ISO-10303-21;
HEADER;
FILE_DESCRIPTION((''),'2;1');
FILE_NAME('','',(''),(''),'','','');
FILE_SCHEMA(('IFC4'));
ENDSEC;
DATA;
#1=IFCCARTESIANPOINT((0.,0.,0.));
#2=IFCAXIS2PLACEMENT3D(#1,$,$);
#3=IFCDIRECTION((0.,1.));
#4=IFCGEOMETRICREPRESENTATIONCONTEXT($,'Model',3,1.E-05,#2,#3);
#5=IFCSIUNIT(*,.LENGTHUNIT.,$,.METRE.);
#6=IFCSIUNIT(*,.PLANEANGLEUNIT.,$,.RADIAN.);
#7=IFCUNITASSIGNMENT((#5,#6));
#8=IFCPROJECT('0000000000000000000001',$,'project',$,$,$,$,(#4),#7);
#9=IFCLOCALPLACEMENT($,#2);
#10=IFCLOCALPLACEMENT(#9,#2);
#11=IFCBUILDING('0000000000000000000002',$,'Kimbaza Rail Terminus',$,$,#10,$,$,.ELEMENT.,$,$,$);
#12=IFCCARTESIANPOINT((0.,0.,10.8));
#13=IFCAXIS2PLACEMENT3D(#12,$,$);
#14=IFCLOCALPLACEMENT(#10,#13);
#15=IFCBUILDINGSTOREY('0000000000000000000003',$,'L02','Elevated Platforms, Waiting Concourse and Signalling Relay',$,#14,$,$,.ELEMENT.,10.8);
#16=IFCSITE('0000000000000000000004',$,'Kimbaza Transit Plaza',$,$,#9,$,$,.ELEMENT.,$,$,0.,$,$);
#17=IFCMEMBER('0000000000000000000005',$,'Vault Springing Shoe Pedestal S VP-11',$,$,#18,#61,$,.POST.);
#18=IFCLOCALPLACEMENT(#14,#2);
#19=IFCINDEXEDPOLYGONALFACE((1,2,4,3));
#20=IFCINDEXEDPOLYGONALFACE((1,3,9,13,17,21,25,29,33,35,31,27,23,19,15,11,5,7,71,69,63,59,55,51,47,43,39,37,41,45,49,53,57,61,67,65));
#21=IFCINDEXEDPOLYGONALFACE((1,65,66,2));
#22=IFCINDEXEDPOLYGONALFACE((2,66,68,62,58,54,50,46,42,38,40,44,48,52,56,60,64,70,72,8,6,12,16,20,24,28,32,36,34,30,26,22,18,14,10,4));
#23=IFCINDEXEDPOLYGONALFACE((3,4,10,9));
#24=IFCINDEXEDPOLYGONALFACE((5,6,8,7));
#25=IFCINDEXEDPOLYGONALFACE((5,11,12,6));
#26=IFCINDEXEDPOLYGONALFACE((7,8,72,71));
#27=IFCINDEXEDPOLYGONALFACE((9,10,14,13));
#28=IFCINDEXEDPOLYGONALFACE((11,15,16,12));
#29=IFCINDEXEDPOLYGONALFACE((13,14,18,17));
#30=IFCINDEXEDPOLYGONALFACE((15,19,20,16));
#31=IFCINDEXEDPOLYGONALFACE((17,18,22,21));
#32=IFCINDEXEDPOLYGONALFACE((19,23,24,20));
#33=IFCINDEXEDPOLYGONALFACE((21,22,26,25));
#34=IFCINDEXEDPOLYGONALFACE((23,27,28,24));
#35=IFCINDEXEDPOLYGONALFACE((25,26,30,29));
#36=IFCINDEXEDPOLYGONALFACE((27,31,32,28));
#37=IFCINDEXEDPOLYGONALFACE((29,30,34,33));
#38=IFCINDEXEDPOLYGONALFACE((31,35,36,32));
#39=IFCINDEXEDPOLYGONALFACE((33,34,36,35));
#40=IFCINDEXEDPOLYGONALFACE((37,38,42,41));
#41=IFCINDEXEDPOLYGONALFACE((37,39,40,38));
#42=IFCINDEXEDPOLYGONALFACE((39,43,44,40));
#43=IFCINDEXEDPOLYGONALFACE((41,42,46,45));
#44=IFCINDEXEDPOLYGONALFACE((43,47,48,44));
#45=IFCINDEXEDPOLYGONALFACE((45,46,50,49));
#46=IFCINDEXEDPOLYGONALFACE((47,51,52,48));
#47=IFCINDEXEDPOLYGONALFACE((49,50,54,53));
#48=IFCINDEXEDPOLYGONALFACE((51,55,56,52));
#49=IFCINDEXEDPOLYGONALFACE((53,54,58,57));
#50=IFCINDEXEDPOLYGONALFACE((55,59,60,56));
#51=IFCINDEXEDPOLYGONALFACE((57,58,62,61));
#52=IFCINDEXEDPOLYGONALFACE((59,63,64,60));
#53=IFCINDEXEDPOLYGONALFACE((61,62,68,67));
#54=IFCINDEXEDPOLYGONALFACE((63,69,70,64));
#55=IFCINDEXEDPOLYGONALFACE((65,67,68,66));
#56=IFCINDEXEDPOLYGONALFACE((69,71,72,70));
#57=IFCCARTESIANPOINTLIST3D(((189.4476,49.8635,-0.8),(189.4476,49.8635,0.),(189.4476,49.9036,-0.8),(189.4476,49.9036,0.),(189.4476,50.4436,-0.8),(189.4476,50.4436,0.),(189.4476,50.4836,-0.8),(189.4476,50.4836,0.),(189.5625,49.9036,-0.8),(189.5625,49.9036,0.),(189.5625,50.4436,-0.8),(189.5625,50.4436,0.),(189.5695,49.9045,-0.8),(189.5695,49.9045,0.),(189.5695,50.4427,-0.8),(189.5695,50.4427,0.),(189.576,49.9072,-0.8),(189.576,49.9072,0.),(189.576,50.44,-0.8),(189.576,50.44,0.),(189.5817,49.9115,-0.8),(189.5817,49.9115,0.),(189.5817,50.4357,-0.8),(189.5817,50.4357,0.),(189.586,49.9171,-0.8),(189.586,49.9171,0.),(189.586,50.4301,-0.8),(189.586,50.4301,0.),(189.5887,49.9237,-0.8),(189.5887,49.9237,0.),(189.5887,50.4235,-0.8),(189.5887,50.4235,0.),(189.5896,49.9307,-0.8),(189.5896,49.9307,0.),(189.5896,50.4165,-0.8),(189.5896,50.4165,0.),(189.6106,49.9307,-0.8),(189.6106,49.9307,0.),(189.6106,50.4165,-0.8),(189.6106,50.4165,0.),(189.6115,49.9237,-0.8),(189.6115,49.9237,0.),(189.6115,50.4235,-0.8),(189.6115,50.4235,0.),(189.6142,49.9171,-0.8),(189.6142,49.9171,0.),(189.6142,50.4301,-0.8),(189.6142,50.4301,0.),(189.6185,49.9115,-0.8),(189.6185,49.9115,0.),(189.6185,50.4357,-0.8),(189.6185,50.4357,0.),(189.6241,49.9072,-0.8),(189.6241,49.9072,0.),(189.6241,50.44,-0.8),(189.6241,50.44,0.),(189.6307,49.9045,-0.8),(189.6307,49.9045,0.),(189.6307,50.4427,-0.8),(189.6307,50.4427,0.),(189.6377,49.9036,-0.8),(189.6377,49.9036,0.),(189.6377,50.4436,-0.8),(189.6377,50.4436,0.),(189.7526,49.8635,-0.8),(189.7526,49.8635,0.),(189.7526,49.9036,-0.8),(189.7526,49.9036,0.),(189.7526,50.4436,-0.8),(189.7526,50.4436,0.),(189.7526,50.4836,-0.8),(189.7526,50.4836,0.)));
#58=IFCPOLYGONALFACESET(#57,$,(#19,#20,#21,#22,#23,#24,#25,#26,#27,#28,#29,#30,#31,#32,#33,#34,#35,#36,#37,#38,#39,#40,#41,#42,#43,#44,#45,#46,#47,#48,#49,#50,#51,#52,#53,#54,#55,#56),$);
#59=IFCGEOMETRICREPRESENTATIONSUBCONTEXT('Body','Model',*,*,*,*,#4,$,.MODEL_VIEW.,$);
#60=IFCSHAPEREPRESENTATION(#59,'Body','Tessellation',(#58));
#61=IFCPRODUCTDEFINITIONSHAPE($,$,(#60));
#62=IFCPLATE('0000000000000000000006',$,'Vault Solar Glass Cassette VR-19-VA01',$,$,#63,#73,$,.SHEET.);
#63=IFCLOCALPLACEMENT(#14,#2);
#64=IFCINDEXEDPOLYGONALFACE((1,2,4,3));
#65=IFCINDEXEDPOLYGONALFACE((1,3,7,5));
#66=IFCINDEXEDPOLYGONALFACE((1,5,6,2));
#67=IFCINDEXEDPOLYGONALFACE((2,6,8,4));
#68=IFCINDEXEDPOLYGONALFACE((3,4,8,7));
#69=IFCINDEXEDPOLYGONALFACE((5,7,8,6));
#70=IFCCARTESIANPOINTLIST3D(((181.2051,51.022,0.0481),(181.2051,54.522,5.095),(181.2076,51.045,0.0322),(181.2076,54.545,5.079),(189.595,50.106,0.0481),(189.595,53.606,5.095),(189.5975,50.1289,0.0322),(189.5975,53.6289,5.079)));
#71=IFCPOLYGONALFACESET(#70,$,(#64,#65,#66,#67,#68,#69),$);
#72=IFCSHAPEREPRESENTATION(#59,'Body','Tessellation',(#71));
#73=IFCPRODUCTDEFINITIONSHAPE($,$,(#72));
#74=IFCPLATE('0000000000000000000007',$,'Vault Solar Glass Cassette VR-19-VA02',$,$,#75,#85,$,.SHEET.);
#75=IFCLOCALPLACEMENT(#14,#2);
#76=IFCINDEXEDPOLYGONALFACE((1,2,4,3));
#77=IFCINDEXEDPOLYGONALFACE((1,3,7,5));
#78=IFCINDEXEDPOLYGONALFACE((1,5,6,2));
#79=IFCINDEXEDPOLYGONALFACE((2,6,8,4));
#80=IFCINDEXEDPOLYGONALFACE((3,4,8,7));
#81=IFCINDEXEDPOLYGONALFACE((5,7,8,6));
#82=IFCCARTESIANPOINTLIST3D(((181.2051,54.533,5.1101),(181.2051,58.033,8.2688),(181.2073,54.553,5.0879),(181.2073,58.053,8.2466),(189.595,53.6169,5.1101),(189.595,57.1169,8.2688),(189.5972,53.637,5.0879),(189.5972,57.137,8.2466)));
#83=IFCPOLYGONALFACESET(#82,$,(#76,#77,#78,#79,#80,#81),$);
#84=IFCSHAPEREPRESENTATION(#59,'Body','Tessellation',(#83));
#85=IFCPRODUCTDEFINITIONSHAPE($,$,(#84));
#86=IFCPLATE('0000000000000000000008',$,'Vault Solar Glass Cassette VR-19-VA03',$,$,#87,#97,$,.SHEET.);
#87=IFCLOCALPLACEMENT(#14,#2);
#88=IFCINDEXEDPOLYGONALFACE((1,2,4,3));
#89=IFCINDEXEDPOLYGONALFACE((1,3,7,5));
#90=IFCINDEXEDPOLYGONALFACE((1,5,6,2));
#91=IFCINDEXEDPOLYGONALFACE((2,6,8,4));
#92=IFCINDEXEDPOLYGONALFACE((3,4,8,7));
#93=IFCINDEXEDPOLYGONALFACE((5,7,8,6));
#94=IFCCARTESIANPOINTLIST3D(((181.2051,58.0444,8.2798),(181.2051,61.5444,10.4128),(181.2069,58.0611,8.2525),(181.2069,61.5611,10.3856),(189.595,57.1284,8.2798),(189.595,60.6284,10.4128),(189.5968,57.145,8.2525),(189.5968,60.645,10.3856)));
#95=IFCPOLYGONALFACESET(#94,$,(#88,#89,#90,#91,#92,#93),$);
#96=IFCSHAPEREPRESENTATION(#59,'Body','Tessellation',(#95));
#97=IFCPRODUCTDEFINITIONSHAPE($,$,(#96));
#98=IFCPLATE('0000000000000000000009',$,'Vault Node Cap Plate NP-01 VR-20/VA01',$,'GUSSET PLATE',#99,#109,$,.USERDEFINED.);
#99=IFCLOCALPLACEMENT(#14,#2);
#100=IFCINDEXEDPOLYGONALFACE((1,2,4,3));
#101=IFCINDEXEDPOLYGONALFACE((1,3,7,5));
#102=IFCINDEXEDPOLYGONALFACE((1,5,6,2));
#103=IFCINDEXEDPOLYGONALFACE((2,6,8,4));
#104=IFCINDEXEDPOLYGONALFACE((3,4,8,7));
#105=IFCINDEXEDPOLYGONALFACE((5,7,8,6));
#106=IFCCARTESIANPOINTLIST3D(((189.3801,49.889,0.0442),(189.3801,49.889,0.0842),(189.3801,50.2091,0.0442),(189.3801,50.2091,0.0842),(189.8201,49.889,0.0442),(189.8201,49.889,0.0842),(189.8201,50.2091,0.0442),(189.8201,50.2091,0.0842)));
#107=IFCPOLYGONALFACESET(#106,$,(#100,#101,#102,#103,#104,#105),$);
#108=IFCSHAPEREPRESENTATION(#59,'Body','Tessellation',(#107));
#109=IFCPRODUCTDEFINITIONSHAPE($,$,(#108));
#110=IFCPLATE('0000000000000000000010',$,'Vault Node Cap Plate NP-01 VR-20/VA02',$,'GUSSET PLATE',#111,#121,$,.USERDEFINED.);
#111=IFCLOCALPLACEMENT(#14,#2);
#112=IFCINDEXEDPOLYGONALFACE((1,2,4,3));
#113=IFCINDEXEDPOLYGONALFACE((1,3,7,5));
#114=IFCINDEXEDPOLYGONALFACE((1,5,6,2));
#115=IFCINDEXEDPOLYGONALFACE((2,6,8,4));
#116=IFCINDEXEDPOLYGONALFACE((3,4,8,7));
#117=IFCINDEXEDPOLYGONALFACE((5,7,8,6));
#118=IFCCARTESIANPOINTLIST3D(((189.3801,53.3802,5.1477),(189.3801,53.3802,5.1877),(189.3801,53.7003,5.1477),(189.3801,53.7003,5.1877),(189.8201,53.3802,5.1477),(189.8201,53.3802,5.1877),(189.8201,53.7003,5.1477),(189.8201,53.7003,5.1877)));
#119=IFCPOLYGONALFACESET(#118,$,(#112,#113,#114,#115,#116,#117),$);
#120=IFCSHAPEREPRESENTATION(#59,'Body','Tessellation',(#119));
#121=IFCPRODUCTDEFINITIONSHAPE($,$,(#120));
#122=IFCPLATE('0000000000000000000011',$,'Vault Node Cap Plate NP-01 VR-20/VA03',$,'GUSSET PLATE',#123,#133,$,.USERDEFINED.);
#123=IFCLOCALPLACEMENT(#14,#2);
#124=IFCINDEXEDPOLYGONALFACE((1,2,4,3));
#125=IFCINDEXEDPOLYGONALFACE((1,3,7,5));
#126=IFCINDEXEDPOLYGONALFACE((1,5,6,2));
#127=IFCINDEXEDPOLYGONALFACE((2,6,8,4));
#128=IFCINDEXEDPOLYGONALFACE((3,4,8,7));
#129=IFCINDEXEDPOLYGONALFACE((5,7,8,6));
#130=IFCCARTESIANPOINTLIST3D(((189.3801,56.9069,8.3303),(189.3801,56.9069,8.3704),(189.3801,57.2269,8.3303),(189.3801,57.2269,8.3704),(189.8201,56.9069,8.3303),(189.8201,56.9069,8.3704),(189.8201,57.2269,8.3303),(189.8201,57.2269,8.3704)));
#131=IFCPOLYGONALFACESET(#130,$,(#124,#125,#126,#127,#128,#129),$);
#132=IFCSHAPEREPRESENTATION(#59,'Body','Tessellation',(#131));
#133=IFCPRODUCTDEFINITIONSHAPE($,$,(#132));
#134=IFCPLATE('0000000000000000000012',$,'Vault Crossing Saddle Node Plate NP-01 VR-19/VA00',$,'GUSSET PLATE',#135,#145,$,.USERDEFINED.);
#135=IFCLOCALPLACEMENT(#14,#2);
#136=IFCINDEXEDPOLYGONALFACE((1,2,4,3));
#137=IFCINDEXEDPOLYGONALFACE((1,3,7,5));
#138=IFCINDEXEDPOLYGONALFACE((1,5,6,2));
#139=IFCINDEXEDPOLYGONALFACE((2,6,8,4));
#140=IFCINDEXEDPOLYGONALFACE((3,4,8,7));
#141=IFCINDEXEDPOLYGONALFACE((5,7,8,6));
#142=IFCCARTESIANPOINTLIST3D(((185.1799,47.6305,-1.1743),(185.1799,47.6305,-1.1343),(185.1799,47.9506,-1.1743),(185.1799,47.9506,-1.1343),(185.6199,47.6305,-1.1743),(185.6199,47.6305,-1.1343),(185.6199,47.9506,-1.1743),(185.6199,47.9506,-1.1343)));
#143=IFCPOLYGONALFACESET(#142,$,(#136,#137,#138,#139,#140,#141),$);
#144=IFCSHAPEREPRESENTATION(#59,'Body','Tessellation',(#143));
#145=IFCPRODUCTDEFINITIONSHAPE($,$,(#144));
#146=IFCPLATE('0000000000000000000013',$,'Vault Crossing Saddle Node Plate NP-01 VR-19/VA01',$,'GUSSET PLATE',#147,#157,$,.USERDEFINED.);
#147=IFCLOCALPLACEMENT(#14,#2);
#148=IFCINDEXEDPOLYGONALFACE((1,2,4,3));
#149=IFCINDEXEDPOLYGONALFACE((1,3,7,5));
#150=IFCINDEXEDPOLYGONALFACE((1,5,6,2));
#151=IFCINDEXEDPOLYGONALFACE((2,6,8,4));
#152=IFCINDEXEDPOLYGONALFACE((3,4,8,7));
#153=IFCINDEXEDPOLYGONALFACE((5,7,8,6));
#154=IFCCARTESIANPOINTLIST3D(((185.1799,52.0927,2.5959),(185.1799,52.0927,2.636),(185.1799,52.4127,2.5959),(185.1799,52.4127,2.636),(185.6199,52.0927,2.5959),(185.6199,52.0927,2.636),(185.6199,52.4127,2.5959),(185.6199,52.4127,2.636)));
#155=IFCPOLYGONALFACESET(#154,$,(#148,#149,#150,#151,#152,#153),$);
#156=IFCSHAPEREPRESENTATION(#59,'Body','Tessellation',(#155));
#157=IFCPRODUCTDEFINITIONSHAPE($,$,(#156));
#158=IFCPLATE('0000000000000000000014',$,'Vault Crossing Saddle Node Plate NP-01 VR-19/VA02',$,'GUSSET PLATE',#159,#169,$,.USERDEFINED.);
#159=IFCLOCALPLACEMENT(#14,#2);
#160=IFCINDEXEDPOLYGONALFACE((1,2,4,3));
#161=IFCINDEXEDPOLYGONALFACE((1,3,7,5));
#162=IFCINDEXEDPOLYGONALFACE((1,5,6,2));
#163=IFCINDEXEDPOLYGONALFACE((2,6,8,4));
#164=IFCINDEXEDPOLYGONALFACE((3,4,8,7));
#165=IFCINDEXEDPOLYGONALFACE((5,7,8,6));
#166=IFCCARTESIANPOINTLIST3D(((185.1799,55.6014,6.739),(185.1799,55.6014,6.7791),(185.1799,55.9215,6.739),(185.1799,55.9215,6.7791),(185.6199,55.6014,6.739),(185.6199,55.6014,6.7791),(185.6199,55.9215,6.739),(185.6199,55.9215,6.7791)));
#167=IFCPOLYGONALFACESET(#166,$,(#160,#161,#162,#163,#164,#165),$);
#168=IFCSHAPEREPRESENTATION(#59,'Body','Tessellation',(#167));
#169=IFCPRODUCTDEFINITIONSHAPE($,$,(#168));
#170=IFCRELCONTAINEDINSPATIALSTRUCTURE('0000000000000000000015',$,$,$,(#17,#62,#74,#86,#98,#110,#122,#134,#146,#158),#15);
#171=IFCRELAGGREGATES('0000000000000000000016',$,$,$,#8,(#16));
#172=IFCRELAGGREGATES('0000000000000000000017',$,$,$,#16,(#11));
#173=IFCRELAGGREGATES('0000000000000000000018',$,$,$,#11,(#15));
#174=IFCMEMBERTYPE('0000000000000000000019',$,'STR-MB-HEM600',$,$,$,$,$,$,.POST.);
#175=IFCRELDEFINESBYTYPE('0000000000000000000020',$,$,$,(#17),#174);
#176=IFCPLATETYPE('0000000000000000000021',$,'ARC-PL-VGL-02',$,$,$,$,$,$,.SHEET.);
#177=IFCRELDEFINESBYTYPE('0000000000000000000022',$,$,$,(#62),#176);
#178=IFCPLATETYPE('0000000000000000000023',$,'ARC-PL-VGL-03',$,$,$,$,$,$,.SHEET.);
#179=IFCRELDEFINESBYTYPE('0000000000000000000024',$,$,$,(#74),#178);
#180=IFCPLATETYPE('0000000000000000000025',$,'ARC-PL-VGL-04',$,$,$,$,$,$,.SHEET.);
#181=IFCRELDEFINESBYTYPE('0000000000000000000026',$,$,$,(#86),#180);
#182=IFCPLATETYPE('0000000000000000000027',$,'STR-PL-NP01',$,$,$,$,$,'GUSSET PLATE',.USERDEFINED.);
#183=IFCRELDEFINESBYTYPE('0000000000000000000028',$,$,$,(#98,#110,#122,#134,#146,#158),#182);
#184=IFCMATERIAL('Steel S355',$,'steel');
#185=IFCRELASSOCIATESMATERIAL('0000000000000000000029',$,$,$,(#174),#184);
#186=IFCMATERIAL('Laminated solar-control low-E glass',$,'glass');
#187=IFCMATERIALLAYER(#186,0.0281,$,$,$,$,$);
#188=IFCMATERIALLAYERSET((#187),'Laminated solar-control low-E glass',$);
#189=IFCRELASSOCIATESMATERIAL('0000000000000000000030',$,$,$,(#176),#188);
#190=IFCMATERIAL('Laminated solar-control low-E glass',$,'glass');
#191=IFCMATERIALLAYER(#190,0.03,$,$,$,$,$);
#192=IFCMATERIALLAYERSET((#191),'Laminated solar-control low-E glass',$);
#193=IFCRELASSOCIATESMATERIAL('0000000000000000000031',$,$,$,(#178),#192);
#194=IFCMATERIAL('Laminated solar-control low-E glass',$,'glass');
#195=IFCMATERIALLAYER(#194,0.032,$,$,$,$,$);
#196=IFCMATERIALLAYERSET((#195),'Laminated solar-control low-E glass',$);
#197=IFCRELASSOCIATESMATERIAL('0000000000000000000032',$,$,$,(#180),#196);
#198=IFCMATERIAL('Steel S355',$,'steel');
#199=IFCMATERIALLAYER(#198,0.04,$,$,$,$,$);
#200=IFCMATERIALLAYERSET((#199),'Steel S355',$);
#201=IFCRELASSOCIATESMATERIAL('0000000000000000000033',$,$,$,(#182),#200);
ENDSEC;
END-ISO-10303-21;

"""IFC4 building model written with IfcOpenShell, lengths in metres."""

from ifc_helpers import new_model, si_unit, direction, frame, origin, origin_2d, place, context, subcontext, project, spatial, polyline, rectangle, i_section, outline, extrude, material, layer, layer_set, material_profile, profile_set, type_object, element, save


model = new_model("IFC4")

# Units and contexts
model_context = context("Model", 3, precision=1e-05, world=origin(), true_north=direction((0.0, 1.0)))
body_context = subcontext(model_context, "Body", "Model", "MODEL_VIEW")
ifc_project = project(units=[si_unit("LENGTHUNIT", "METRE"), si_unit("PLANEANGLEUNIT", "RADIAN")], contexts=[model_context])

# Site, building, storey
site_placement = place(None, origin())
site = spatial("IfcSite", under=ifc_project, at=site_placement, Name="Kimbaza Transit Plaza", CompositionType="ELEMENT", RefElevation=0.0)
building_placement = place(site_placement, origin())
building = spatial("IfcBuilding", under=site, at=building_placement, Name="Kimbaza Rail Terminus", CompositionType="ELEMENT")
storey_placement = place(building_placement, frame((0.0, 0.0, 10.8)))
storey = spatial("IfcBuildingStorey", under=building, at=storey_placement, Name="L02", Description="Elevated Platforms, Waiting Concourse and Signalling Relay", CompositionType="ELEMENT", Elevation=10.8)

# Member
ifc_material_1 = material(Name="Steel S355", Category="steel")
ifc_material_profile_1 = material_profile(ifc_material_1, i_section(OverallWidth=0.3049, OverallDepth=0.6201, WebThickness=0.021, FlangeThickness=0.04, FilletRadius=0.0271, at=origin_2d()), Name="HEM 600")
ifc_profile_set_1 = profile_set([ifc_material_profile_1], Name="Steel S355")
member_type_1 = type_object("IfcMemberType", Name="STR-MB-HEM600", PredefinedType="POST", material=ifc_profile_set_1)
member_1_placement = place(storey_placement, frame((189.6001, 50.1736, -0.8), z_axis=(0.0, 0.0, 1.0), x_axis=(1.0, 0.0, 0.0)))
element("IfcMember", 1, at=member_1_placement, inside=storey, type_object=member_type_1, Name="Vault Springing Shoe Pedestal S VP-11", PredefinedType="POST", context=body_context, shape_type="SweptSolid", body=[
    extrude(i_section(OverallWidth=0.3049, OverallDepth=0.6201, WebThickness=0.021, FlangeThickness=0.04, FilletRadius=0.0271, at=origin_2d()), origin(), (0.0, 0.0, 1.0), 0.8),
])

# Plates
ifc_material_2 = material(Name="Laminated solar-control low-E glass", Category="glass")
ifc_layer_1 = layer(ifc_material_2, 0.0281)
ifc_layer_set_1 = layer_set([ifc_layer_1], Name="Laminated solar-control low-E glass")
plate_type_1 = type_object("IfcPlateType", Name="ARC-PL-VGL-02", PredefinedType="SHEET", material=ifc_layer_set_1)
plate_1_placement = place(storey_placement, frame((181.2051, 51.022, 0.0481), z_axis=(-0.089359, -0.818447, 0.567591), x_axis=(0.994093, -0.108536, 0.0)))
element("IfcPlate", 2, at=plate_1_placement, inside=storey, type_object=plate_type_1, Name="Vault Solar Glass Cassette VR-19-VA01", PredefinedType="SHEET", context=body_context, shape_type="SweptSolid", body=[
    extrude(outline(polyline([(0.0, 0.0), (8.4398, 0.0), (8.0599, 6.13), (-0.3799, 6.13), (0.0, 0.0)])), origin(), (0.0, 0.0, -1.0), 0.0281),
])
ifc_material_3 = material(Name="Laminated solar-control low-E glass", Category="glass")
ifc_layer_2 = layer(ifc_material_3, 0.03)
ifc_layer_set_2 = layer_set([ifc_layer_2], Name="Laminated solar-control low-E glass")
plate_type_2 = type_object("IfcPlateType", Name="ARC-PL-VGL-03", PredefinedType="SHEET", material=ifc_layer_set_2)
plate_2_placement = place(storey_placement, frame((181.2051, 54.533, 5.1101), z_axis=(-0.072954, -0.668197, 0.740399), x_axis=(0.994093, -0.108536, 0.0)))
element("IfcPlate", 3, at=plate_2_placement, inside=storey, type_object=plate_type_2, Name="Vault Solar Glass Cassette VR-19-VA02", PredefinedType="SHEET", context=body_context, shape_type="SweptSolid", body=[
    extrude(outline(polyline([(0.0, 0.0), (8.4398, 0.0), (8.0599, 4.6993), (-0.3799, 4.6993), (0.0, 0.0)])), origin(), (0.0, 0.0, -1.0), 0.03),
])
ifc_material_4 = material(Name="Laminated solar-control low-E glass", Category="glass")
ifc_layer_3 = layer(ifc_material_4, 0.032)
ifc_layer_set_3 = layer_set([ifc_layer_3], Name="Laminated solar-control low-E glass")
plate_type_3 = type_object("IfcPlateType", Name="ARC-PL-VGL-04", PredefinedType="SHEET", material=ifc_layer_set_3)
plate_3_placement = place(storey_placement, frame((181.2051, 58.0444, 8.2798), z_axis=(-0.056728, -0.519576, 0.852539), x_axis=(0.994093, -0.108536, 0.0)))
element("IfcPlate", 4, at=plate_3_placement, inside=storey, type_object=plate_type_3, Name="Vault Solar Glass Cassette VR-19-VA03", PredefinedType="SHEET", context=body_context, shape_type="SweptSolid", body=[
    extrude(outline(polyline([(0.0, 0.0), (8.4398, 0.0), (8.0599, 4.0811), (-0.3799, 4.0811), (0.0, 0.0)])), origin(), (0.0, 0.0, -1.0), 0.032),
])
ifc_material_5 = material(Name="Steel S355", Category="steel")
ifc_layer_4 = layer(ifc_material_5, 0.04)
ifc_layer_set_4 = layer_set([ifc_layer_4], Name="Steel S355")
plate_type_4 = type_object("IfcPlateType", Name="STR-PL-NP01", ElementType="GUSSET PLATE", PredefinedType="USERDEFINED", material=ifc_layer_set_4)
for number, where, z_axis, x_axis, name in (
    (5, (189.6001, 50.0491, 0.0442), (0.0, 0.0, 1.0), (1.0, 0.0, 0.0), "Vault Node Cap Plate NP-01 VR-20/VA01"),
    (6, (189.6001, 53.5403, 5.1477), (0.0, 0.0, 1.0), (1.0, 0.0, 0.0), "Vault Node Cap Plate NP-01 VR-20/VA02"),
    (7, (189.6001, 57.0669, 8.3303), (0.0, 0.0, 1.0), (1.0, 0.0, 0.0), "Vault Node Cap Plate NP-01 VR-20/VA03"),
    (8, (185.3999, 47.7905, -1.1743), (0.0, 0.0, 1.0), (1.0, 0.0, 0.0), "Vault Crossing Saddle Node Plate NP-01 VR-19/VA00"),
    (9, (185.3999, 52.2527, 2.5959), (0.0, 0.0, 1.0), (1.0, 0.0, 0.0), "Vault Crossing Saddle Node Plate NP-01 VR-19/VA01"),
    (10, (185.3999, 55.7615, 6.739), (0.0, 0.0, 1.0), (1.0, 0.0, 0.0), "Vault Crossing Saddle Node Plate NP-01 VR-19/VA02"),
):
    element("IfcPlate", number, at=place(storey_placement, frame(where, z_axis=z_axis, x_axis=x_axis)), inside=storey, type_object=plate_type_4, Name=name, ObjectType="GUSSET PLATE", PredefinedType="USERDEFINED", context=body_context, shape_type="SweptSolid", body=[
        extrude(rectangle(XDim=0.4399, YDim=0.3201, at=origin_2d()), origin(), (0.0, 0.0, 1.0), 0.04),
    ])

save(model, "model.ifc")
